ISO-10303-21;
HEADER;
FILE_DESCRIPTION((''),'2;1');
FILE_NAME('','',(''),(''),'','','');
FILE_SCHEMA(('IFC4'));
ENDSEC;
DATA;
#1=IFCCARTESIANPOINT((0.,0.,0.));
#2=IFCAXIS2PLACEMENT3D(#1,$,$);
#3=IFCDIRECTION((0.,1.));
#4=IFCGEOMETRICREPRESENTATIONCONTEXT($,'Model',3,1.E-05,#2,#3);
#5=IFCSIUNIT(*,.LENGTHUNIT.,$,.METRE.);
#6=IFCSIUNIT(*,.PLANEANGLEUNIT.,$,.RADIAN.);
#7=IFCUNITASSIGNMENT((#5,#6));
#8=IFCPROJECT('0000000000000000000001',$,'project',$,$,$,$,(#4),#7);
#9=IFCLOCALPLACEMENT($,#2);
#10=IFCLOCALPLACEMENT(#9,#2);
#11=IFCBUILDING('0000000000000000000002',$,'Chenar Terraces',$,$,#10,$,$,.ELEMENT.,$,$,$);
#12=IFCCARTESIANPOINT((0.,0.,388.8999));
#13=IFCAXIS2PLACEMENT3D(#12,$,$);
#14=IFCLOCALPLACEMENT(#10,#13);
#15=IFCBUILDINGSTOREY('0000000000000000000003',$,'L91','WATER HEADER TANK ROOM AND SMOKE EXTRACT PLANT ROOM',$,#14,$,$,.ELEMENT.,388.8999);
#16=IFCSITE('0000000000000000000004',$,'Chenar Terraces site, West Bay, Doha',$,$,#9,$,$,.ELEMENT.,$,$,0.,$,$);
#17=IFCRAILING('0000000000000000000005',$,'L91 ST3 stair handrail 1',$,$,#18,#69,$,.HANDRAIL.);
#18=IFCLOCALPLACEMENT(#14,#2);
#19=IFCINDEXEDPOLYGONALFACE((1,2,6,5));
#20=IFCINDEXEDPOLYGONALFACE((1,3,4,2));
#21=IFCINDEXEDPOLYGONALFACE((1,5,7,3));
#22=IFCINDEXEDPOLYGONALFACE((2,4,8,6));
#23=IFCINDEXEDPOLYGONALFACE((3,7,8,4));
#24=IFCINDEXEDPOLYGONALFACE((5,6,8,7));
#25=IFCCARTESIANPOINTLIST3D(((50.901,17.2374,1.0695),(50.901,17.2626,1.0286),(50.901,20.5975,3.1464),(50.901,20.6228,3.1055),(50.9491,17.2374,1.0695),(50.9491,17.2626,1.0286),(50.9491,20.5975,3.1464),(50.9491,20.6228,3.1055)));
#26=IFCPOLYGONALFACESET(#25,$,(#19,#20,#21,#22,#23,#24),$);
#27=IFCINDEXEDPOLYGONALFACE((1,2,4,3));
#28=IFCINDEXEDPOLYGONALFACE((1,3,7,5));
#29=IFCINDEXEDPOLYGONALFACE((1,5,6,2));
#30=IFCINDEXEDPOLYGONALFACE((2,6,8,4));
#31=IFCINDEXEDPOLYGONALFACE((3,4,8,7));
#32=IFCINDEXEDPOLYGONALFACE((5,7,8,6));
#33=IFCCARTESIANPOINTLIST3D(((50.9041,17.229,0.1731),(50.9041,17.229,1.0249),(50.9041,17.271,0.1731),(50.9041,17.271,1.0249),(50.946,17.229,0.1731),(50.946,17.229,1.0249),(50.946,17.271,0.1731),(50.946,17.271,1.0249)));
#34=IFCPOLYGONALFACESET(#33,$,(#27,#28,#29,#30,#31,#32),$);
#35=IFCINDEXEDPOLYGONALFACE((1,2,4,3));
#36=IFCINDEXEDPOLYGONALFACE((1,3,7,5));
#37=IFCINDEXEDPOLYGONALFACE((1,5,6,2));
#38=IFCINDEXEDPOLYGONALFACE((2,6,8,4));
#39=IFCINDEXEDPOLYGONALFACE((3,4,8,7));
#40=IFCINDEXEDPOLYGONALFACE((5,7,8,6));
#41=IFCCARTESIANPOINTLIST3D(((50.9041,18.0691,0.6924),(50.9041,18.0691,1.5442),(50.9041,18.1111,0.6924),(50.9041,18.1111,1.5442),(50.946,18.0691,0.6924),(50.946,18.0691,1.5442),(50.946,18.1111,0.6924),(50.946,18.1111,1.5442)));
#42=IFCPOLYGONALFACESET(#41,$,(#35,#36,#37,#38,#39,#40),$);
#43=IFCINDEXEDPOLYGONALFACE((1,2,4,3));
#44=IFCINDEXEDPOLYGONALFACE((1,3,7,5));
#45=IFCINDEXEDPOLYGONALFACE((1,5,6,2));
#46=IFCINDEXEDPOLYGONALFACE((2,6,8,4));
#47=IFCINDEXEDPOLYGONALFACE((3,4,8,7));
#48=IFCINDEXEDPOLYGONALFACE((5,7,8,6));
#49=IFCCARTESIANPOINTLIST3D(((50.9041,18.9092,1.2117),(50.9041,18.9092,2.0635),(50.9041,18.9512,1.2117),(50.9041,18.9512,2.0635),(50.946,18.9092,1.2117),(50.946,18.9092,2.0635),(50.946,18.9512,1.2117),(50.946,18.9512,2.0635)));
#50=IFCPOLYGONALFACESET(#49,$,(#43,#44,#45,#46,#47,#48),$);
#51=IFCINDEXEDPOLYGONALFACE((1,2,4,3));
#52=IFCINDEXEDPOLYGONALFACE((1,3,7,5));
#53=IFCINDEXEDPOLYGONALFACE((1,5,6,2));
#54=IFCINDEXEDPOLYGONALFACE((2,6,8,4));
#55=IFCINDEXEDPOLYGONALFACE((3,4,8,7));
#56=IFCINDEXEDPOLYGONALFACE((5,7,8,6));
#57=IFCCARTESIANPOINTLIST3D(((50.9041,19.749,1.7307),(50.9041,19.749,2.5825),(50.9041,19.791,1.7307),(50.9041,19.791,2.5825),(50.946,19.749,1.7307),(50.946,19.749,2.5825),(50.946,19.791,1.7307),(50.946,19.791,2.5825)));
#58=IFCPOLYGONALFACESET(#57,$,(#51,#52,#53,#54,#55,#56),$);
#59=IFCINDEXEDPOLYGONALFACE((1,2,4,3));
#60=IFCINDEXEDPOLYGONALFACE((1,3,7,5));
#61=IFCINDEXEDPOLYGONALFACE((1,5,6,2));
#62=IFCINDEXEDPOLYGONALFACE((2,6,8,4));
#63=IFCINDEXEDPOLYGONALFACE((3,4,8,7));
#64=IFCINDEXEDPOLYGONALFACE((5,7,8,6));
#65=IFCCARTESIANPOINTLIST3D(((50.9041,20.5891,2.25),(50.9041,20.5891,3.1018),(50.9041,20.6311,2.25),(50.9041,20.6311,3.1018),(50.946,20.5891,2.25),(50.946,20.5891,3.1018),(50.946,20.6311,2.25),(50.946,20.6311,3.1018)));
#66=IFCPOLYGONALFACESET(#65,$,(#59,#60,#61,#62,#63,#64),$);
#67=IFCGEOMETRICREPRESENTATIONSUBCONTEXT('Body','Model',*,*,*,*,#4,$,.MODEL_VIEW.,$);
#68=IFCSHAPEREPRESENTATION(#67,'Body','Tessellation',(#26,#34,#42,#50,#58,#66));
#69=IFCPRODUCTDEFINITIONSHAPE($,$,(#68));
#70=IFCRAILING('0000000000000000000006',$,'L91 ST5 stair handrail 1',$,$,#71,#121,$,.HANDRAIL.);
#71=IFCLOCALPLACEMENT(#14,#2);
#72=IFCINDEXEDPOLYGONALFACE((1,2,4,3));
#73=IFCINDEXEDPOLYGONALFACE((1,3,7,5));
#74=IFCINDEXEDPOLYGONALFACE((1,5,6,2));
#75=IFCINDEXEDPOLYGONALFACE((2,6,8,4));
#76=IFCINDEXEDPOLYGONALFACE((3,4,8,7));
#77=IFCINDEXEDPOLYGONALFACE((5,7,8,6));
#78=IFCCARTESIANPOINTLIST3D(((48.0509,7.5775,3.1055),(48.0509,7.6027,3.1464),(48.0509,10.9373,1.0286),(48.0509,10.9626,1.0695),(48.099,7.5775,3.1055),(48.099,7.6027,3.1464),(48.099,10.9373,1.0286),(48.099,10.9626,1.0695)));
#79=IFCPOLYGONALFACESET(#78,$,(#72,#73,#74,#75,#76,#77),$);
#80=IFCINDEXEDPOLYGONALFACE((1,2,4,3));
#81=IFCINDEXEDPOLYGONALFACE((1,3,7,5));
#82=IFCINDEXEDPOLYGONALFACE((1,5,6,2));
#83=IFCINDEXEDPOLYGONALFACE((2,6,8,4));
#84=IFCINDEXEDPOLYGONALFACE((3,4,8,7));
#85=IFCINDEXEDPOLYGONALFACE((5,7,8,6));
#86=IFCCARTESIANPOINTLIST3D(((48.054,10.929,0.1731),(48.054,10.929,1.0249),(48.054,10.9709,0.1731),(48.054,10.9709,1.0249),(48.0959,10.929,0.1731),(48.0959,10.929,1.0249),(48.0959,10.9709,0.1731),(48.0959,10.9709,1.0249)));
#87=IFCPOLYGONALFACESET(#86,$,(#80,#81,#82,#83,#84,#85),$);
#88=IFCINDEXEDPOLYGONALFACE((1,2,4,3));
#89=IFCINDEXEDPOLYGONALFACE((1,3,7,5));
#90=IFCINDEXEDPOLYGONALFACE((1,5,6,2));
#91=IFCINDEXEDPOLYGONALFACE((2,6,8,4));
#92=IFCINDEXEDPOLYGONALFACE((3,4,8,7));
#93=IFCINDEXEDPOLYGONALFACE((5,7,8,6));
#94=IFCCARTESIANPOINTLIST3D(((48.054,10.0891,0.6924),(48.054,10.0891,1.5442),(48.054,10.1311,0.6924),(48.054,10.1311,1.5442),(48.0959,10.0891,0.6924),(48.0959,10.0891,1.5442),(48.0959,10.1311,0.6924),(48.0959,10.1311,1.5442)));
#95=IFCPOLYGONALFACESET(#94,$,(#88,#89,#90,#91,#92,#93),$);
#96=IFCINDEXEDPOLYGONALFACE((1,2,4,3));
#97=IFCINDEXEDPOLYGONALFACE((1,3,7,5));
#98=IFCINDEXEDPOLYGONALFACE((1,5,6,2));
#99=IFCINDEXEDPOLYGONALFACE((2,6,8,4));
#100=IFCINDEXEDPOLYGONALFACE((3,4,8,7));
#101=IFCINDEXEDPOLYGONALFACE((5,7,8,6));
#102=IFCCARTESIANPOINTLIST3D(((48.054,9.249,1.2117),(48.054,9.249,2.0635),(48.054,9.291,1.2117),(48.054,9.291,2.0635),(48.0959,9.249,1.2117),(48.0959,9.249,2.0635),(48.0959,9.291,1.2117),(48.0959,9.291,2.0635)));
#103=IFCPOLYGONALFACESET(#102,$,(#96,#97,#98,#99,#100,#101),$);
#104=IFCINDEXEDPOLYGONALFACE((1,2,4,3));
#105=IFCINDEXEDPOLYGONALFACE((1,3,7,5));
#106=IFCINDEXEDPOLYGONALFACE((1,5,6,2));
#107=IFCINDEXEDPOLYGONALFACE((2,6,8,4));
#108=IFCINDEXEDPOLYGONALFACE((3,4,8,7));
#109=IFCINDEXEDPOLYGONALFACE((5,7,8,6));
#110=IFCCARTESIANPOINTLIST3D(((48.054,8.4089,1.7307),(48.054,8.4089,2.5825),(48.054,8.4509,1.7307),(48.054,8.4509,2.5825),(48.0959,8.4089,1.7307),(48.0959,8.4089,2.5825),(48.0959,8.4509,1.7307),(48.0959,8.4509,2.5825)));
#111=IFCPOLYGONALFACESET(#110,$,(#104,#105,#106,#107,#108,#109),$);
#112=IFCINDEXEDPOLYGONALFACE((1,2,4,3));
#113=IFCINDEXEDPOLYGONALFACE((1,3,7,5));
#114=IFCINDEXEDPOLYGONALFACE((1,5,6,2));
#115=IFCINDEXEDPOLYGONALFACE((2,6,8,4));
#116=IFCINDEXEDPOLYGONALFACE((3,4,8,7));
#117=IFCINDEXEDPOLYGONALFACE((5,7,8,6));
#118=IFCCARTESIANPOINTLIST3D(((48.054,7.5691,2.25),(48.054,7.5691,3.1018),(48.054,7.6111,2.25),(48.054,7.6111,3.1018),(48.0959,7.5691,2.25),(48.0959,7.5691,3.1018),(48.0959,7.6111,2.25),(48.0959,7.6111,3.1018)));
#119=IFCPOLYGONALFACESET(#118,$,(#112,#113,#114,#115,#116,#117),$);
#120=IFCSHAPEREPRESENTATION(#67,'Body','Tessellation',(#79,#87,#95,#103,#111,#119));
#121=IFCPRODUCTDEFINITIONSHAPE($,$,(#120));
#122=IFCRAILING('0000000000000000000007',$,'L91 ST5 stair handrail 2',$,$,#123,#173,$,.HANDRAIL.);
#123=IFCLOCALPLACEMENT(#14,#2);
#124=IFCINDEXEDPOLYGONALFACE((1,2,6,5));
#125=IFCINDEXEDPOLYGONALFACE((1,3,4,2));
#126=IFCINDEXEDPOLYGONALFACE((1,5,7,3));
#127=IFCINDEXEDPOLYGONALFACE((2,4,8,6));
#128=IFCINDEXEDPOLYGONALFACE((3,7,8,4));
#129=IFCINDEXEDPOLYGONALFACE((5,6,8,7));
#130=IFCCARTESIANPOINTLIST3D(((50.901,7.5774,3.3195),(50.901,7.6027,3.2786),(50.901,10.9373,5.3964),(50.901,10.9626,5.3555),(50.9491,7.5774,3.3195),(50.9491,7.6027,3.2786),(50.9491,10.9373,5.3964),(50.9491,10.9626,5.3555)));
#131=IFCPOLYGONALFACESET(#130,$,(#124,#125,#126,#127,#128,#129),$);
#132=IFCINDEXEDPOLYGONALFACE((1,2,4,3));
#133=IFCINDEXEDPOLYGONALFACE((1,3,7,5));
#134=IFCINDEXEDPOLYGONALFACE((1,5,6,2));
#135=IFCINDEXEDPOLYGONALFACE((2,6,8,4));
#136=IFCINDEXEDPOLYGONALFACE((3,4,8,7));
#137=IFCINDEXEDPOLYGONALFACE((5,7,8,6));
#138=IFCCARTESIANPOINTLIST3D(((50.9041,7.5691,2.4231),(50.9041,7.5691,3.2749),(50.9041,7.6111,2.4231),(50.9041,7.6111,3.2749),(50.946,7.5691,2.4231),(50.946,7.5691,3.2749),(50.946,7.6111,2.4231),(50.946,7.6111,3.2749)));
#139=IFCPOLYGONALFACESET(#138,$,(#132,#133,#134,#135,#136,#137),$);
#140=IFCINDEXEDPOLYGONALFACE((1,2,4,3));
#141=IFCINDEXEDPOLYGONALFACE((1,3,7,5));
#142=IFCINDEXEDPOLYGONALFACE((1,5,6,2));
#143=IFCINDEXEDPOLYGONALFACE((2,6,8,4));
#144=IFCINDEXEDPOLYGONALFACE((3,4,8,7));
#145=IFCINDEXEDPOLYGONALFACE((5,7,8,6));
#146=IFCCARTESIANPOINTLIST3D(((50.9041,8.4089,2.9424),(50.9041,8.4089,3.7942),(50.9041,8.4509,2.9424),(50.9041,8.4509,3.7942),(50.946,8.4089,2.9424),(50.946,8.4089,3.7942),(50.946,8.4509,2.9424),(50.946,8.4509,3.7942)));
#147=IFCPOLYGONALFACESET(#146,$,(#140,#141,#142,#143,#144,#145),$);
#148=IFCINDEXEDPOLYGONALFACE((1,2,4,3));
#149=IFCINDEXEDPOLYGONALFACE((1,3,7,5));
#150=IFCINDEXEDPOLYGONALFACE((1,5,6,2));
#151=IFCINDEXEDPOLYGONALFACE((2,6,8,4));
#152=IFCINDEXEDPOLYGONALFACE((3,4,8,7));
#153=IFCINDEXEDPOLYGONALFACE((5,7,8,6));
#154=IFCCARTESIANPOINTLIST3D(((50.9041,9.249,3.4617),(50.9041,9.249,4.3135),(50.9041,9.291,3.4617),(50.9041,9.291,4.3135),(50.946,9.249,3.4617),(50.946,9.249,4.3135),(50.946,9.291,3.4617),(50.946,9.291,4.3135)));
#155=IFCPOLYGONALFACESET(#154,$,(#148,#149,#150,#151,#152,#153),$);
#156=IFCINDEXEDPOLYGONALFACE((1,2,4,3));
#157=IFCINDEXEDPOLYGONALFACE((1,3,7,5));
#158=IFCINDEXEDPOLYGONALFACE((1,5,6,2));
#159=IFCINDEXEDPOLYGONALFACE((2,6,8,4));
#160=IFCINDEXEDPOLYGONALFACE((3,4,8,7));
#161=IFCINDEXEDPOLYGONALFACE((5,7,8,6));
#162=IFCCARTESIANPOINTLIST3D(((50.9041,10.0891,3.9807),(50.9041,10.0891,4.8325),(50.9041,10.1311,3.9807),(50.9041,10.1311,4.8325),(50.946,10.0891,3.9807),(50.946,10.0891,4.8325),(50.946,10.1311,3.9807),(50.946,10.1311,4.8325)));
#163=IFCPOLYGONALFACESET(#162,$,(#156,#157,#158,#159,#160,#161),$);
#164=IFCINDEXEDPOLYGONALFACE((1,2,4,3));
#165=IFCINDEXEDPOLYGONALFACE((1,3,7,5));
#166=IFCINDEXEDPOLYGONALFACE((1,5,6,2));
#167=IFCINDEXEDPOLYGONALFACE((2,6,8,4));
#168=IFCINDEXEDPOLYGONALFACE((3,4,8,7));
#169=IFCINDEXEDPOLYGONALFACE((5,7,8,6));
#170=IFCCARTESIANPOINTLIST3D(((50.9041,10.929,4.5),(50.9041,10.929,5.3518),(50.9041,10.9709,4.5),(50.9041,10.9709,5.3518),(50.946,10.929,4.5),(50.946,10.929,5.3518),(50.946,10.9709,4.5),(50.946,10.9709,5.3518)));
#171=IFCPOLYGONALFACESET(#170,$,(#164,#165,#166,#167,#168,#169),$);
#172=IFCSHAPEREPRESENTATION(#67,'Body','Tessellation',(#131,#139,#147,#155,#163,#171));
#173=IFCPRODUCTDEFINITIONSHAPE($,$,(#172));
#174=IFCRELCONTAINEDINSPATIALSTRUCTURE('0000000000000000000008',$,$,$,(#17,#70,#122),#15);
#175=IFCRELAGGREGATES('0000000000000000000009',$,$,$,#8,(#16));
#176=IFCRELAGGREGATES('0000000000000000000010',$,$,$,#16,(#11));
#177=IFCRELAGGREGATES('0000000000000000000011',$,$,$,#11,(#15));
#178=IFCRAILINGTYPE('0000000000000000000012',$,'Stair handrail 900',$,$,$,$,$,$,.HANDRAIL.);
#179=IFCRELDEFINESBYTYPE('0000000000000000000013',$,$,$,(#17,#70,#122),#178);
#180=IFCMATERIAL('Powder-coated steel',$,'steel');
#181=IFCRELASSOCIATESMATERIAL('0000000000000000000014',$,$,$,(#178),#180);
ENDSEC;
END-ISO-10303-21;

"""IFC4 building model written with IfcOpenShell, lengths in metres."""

from ifc_helpers import new_model, si_unit, direction, frame, origin, origin_2d, place, context, subcontext, project, spatial, rectangle, extrude, material, type_object, element, save


model = new_model("IFC4")

# Units and contexts
model_context = context("Model", 3, precision=1e-05, world=origin(), true_north=direction((0.0, 1.0)))
body_context = subcontext(model_context, "Body", "Model", "MODEL_VIEW")
ifc_project = project(units=[si_unit("LENGTHUNIT", "METRE"), si_unit("PLANEANGLEUNIT", "RADIAN")], contexts=[model_context])

# Site, building, storey
site_placement = place(None, origin())
site = spatial("IfcSite", under=ifc_project, at=site_placement, Name="Chenar Terraces site, West Bay, Doha", CompositionType="ELEMENT", RefElevation=0.0)
building_placement = place(site_placement, origin())
building = spatial("IfcBuilding", under=site, at=building_placement, Name="Chenar Terraces", CompositionType="ELEMENT")
storey_placement = place(building_placement, frame((0.0, 0.0, 388.8999)))
storey = spatial("IfcBuildingStorey", under=building, at=storey_placement, Name="L91", Description="WATER HEADER TANK ROOM AND SMOKE EXTRACT PLANT ROOM", CompositionType="ELEMENT", Elevation=388.8999)

# Railings
ifc_material_1 = material(Name="Powder-coated steel", Category="steel")
railing_type_1 = type_object("IfcRailingType", Name="Stair handrail 900", PredefinedType="HANDRAIL", material=ifc_material_1)
railing_1_placement = place(storey_placement, frame((50.925, 17.25, 0.1731)))
element("IfcRailing", 1, at=railing_1_placement, inside=storey, type_object=railing_type_1, Name="L91 ST3 stair handrail 1", PredefinedType="HANDRAIL", context=body_context, shape_type="SweptSolid", body=[
    extrude(rectangle(XDim=0.0481, YDim=0.0481, at=origin_2d()), frame((0.0, 0.0, 0.876), z_axis=(0.0, 0.850623, 0.525776), x_axis=(-1.0, 0.0, 0.0)), (0.0, 0.0, 1.0), 3.9502),
    extrude(rectangle(XDim=0.042, YDim=0.042, at=origin_2d()), origin(), (0.0, 0.0, 1.0), 0.8518),
    extrude(rectangle(XDim=0.042, YDim=0.042, at=origin_2d()), frame((0.0, 0.8401, 0.5193)), (0.0, 0.0, 1.0), 0.8518),
    extrude(rectangle(XDim=0.042, YDim=0.042, at=origin_2d()), frame((0.0, 1.6802, 1.0386)), (0.0, 0.0, 1.0), 0.8518),
    extrude(rectangle(XDim=0.042, YDim=0.042, at=origin_2d()), frame((0.0, 2.52, 1.5576)), (0.0, 0.0, 1.0), 0.8518),
    extrude(rectangle(XDim=0.042, YDim=0.042, at=origin_2d()), frame((0.0, 3.3601, 2.0769)), (0.0, 0.0, 1.0), 0.8518),
])
railing_2_placement = place(storey_placement, frame((48.075, 10.95, 0.1731)))
element("IfcRailing", 2, at=railing_2_placement, inside=storey, type_object=railing_type_1, Name="L91 ST5 stair handrail 1", PredefinedType="HANDRAIL", context=body_context, shape_type="SweptSolid", body=[
    extrude(rectangle(XDim=0.0481, YDim=0.0481, at=origin_2d()), frame((0.0, 0.0, 0.876), z_axis=(0.0, -0.850606, 0.525803), x_axis=(1.0, 0.0, 0.0)), (0.0, 0.0, 1.0), 3.95),
    extrude(rectangle(XDim=0.042, YDim=0.042, at=origin_2d()), origin(), (0.0, 0.0, 1.0), 0.8518),
    extrude(rectangle(XDim=0.042, YDim=0.042, at=origin_2d()), frame((0.0, -0.8398, 0.5193)), (0.0, 0.0, 1.0), 0.8518),
    extrude(rectangle(XDim=0.042, YDim=0.042, at=origin_2d()), frame((0.0, -1.6799, 1.0386)), (0.0, 0.0, 1.0), 0.8518),
    extrude(rectangle(XDim=0.042, YDim=0.042, at=origin_2d()), frame((0.0, -2.52, 1.5576)), (0.0, 0.0, 1.0), 0.8518),
    extrude(rectangle(XDim=0.042, YDim=0.042, at=origin_2d()), frame((0.0, -3.3599, 2.0769)), (0.0, 0.0, 1.0), 0.8518),
])
railing_3_placement = place(storey_placement, frame((50.925, 7.5901, 2.4231)))
element("IfcRailing", 3, at=railing_3_placement, inside=storey, type_object=railing_type_1, Name="L91 ST5 stair handrail 2", PredefinedType="HANDRAIL", context=body_context, shape_type="SweptSolid", body=[
    extrude(rectangle(XDim=0.0481, YDim=0.0481, at=origin_2d()), frame((0.0, 0.0, 0.876), z_axis=(0.0, 0.850606, 0.525803), x_axis=(-1.0, 0.0, 0.0)), (0.0, 0.0, 1.0), 3.95),
    extrude(rectangle(XDim=0.042, YDim=0.042, at=origin_2d()), origin(), (0.0, 0.0, 1.0), 0.8518),
    extrude(rectangle(XDim=0.042, YDim=0.042, at=origin_2d()), frame((0.0, 0.8398, 0.5193)), (0.0, 0.0, 1.0), 0.8518),
    extrude(rectangle(XDim=0.042, YDim=0.042, at=origin_2d()), frame((0.0, 1.6799, 1.0386)), (0.0, 0.0, 1.0), 0.8518),
    extrude(rectangle(XDim=0.042, YDim=0.042, at=origin_2d()), frame((0.0, 2.52, 1.5576)), (0.0, 0.0, 1.0), 0.8518),
    extrude(rectangle(XDim=0.042, YDim=0.042, at=origin_2d()), frame((0.0, 3.3599, 2.0769)), (0.0, 0.0, 1.0), 0.8518),
])

save(model, "model.ifc")
